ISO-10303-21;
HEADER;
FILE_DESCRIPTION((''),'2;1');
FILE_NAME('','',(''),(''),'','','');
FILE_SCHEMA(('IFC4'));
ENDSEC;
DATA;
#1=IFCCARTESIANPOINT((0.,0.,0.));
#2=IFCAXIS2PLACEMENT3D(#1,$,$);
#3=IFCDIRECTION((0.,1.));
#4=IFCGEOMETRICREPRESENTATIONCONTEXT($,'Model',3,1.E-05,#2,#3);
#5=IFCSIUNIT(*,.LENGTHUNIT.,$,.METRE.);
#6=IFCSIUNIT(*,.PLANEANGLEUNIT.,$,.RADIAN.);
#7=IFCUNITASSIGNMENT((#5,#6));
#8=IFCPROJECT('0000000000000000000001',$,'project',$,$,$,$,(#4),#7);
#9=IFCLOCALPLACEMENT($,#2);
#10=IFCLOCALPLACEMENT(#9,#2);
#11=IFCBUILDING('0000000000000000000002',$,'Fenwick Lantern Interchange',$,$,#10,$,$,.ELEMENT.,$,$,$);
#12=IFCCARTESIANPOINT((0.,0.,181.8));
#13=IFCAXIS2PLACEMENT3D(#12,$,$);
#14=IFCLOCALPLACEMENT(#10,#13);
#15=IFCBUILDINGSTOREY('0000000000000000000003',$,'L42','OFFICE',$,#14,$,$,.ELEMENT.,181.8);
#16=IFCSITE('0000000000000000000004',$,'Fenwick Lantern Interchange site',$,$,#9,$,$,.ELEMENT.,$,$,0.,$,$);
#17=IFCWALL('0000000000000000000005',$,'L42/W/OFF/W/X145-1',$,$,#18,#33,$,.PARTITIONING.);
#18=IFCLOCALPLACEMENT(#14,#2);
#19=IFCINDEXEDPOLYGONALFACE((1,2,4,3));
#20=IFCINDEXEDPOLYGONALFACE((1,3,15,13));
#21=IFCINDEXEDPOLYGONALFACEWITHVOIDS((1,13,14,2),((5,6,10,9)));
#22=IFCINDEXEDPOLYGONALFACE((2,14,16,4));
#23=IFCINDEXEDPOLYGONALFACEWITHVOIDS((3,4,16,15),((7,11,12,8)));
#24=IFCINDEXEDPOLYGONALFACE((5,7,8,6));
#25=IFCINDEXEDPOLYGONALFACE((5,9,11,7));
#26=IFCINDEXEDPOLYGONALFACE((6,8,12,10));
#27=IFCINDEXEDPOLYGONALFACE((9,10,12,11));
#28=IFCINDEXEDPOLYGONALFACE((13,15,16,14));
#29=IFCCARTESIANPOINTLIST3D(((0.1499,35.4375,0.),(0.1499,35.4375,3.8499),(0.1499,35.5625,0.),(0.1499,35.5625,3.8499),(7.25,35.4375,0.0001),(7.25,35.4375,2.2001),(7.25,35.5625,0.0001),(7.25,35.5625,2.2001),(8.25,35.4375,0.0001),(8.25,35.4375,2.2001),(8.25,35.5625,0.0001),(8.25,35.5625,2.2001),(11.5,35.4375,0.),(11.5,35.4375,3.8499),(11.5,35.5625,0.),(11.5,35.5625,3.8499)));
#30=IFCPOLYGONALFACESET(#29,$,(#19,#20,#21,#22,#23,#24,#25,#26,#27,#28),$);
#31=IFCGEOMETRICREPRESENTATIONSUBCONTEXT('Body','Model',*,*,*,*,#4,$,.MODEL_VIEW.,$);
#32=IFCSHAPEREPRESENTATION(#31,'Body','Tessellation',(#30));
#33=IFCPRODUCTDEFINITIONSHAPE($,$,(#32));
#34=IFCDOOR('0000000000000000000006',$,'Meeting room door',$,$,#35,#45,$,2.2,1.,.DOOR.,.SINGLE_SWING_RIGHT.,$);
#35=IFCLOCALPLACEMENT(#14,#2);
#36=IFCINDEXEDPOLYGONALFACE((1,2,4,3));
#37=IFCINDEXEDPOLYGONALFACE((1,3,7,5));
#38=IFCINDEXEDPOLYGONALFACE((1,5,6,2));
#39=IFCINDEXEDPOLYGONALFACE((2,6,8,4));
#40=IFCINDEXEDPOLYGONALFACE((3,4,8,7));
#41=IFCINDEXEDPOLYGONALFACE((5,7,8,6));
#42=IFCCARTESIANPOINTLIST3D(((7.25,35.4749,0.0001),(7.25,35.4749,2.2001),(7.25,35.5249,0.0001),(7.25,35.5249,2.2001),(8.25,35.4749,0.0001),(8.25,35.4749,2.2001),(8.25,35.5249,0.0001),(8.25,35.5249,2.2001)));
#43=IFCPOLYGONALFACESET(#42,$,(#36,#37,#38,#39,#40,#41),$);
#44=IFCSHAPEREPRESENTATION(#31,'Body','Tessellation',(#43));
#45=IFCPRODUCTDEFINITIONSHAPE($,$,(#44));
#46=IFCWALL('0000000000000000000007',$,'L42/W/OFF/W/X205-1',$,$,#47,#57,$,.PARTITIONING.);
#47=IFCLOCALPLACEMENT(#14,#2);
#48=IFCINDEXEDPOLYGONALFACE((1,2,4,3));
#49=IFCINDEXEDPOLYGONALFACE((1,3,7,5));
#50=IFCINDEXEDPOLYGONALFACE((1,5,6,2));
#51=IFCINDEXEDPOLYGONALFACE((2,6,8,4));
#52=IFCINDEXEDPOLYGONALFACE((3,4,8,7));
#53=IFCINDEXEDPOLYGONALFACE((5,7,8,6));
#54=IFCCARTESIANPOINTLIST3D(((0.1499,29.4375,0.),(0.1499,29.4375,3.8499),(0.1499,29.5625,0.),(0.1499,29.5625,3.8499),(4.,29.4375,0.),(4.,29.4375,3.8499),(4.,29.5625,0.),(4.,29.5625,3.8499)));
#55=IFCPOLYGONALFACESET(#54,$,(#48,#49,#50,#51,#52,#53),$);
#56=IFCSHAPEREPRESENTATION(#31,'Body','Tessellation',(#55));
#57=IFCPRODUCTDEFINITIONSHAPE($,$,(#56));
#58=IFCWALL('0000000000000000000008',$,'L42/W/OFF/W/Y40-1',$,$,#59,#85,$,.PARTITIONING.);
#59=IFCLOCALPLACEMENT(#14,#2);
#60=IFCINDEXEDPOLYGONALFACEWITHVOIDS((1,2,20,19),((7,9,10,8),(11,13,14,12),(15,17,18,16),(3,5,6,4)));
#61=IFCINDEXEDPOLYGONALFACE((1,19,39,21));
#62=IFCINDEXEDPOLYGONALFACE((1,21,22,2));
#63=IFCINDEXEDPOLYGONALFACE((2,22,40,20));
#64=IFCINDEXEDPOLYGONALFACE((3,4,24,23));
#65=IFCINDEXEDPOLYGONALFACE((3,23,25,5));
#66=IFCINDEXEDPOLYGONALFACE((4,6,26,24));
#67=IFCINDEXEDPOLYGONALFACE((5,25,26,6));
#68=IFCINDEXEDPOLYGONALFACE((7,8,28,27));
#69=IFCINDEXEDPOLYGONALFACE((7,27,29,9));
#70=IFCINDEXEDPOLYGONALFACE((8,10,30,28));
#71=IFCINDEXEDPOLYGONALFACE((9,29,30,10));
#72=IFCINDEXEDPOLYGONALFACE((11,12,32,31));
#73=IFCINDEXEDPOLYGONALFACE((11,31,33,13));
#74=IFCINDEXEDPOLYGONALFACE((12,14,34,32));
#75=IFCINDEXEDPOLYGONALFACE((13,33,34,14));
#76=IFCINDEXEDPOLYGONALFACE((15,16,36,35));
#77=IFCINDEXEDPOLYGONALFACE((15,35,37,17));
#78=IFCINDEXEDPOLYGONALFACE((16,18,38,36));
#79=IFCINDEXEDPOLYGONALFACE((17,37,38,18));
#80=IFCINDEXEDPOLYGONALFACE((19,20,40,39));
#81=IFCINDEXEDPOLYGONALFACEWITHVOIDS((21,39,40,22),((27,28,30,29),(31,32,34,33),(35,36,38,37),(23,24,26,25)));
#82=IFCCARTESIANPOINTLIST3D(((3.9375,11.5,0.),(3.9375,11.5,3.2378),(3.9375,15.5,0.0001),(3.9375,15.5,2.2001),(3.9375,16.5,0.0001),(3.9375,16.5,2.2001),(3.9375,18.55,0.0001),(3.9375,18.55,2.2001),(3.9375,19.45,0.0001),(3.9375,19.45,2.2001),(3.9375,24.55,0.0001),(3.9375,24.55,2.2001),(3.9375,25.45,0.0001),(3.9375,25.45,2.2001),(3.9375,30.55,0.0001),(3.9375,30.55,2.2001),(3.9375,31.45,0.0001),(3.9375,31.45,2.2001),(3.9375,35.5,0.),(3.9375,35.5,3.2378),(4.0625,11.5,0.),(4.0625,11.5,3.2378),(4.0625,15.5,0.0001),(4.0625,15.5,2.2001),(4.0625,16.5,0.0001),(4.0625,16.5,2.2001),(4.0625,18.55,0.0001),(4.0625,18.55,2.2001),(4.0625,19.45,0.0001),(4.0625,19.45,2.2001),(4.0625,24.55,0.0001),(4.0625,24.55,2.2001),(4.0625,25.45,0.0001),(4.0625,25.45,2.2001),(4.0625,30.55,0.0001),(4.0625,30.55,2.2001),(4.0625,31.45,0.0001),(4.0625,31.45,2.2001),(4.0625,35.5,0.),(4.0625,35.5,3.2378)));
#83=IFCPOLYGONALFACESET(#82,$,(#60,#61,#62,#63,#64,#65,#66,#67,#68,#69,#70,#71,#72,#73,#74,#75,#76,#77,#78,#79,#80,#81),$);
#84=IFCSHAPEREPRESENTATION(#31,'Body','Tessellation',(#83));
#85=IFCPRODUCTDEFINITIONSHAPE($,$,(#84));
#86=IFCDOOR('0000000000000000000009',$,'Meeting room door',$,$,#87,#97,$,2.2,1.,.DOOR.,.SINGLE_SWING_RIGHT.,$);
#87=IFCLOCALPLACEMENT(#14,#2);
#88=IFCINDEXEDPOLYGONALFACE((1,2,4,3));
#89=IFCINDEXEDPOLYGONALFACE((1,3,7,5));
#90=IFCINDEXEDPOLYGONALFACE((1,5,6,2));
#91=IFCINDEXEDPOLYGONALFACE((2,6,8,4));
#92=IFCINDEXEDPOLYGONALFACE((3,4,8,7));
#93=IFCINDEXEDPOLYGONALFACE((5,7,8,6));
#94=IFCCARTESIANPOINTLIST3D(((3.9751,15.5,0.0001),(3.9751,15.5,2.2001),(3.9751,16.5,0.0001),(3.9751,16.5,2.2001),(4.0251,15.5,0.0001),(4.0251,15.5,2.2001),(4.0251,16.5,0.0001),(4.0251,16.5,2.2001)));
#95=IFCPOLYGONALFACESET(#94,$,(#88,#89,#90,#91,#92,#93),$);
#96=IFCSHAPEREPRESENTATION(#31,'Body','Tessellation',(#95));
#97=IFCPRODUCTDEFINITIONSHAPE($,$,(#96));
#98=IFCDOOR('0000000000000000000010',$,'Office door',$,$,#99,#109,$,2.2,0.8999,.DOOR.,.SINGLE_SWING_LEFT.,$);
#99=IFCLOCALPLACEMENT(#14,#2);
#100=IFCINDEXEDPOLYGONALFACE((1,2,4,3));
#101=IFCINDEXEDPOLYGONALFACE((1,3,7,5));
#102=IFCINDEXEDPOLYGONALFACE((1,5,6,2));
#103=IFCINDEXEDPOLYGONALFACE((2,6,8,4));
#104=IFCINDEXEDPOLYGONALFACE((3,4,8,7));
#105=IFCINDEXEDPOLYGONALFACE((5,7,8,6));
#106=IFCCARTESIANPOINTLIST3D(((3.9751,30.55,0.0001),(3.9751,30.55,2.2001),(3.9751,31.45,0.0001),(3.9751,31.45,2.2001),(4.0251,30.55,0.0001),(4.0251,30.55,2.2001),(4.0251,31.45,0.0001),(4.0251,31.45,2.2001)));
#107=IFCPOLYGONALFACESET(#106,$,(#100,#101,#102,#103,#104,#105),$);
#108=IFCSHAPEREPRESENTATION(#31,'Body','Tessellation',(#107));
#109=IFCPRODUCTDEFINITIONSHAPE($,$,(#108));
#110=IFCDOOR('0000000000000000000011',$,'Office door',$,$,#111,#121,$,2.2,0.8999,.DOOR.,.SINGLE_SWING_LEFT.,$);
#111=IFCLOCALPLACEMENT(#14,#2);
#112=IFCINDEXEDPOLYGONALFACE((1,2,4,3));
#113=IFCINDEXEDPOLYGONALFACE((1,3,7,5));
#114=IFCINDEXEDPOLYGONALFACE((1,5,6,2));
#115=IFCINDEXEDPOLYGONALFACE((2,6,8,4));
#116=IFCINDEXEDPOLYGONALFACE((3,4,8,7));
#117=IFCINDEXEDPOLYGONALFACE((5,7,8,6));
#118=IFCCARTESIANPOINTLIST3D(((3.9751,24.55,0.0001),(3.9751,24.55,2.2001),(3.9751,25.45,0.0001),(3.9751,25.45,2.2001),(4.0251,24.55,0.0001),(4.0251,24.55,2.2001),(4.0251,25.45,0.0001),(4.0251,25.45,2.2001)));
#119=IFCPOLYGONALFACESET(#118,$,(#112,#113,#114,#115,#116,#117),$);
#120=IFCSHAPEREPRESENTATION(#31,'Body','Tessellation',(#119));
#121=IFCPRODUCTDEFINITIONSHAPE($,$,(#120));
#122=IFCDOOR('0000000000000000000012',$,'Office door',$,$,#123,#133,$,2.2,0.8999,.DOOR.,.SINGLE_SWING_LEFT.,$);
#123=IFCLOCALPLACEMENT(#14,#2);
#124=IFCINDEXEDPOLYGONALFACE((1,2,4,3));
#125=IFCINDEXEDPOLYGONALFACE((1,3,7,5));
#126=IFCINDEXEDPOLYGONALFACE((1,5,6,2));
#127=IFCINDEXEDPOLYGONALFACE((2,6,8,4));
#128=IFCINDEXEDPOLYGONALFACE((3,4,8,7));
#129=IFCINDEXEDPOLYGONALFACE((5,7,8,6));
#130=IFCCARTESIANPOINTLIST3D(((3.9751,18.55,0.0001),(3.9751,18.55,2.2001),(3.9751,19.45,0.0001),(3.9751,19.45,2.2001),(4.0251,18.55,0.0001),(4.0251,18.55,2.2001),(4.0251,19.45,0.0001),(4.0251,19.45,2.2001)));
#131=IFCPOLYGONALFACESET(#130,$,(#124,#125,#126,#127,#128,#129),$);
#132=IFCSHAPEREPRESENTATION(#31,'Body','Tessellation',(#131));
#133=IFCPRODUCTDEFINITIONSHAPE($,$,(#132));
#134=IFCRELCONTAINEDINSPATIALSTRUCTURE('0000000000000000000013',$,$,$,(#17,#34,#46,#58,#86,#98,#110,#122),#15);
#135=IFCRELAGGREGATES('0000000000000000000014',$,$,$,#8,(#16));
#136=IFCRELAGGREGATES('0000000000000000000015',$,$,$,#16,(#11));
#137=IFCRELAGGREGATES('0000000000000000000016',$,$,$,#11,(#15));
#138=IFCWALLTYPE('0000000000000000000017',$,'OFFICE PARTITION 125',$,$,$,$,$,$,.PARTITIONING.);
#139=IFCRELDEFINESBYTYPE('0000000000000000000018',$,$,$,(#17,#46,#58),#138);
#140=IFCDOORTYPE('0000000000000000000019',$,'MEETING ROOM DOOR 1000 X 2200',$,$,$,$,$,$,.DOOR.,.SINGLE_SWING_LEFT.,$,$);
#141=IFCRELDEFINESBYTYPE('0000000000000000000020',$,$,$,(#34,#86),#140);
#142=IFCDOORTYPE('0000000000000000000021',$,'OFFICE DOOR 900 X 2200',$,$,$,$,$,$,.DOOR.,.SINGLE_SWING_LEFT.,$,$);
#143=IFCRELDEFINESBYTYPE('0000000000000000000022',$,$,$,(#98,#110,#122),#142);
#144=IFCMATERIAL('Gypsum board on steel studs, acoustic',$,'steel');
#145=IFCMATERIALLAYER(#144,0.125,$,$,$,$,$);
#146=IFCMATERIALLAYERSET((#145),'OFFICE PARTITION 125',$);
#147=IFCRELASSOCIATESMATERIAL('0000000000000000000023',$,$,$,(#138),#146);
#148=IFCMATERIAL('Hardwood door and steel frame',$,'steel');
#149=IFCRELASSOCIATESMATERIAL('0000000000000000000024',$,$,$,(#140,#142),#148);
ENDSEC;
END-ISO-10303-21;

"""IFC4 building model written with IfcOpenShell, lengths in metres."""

from ifc_helpers import new_model, si_unit, direction, frame, frame_2d, origin, place, context, subcontext, project, spatial, rectangle, extrude, material, layer, layer_set, type_object, element, fill, save


model = new_model("IFC4")

# Units and contexts
model_context = context("Model", 3, precision=1e-05, world=origin(), true_north=direction((0.0, 1.0)))
body_context = subcontext(model_context, "Body", "Model", "MODEL_VIEW")
ifc_project = project(units=[si_unit("LENGTHUNIT", "METRE"), si_unit("PLANEANGLEUNIT", "RADIAN")], contexts=[model_context])

# Site, building, storey
site_placement = place(None, origin())
site = spatial("IfcSite", under=ifc_project, at=site_placement, Name="Fenwick Lantern Interchange site", CompositionType="ELEMENT", RefElevation=0.0)
building_placement = place(site_placement, origin())
building = spatial("IfcBuilding", under=site, at=building_placement, Name="Fenwick Lantern Interchange", CompositionType="ELEMENT")
storey_placement = place(building_placement, frame((0.0, 0.0, 181.8)))
storey = spatial("IfcBuildingStorey", under=building, at=storey_placement, Name="L42", Description="OFFICE", CompositionType="ELEMENT", Elevation=181.8)

# Shared definitions
ifc_material_1 = material(Name="Hardwood door and steel frame", Category="steel")

# Wall, opening, door
ifc_material_2 = material(Name="Gypsum board on steel studs, acoustic", Category="steel")
ifc_layer_1 = layer(ifc_material_2, 0.125)
ifc_layer_set_1 = layer_set([ifc_layer_1], Name="OFFICE PARTITION 125")
wall_type_1 = type_object("IfcWallType", Name="OFFICE PARTITION 125", PredefinedType="PARTITIONING", material=ifc_layer_set_1)
wall_1_placement = place(storey_placement, frame((0.1499, 35.5, 0.0), z_axis=(0.0, 0.0, 1.0), x_axis=(1.0, 0.0, 0.0)))
wall_1 = element("IfcWall", 1, at=wall_1_placement, inside=storey, type_object=wall_type_1, Name="L42/W/OFF/W/X145-1", PredefinedType="PARTITIONING", context=body_context, shape_type="SweptSolid", body=[
    extrude(rectangle(XDim=11.3501, YDim=0.125, at=frame_2d((5.675, 0.0))), origin(), (0.0, 0.0, 1.0), 3.8499),
])
opening_1_placement = place(wall_1_placement, frame((7.1001, 0.0, 0.0)))
opening_1 = element("IfcOpeningElement", 2, at=opening_1_placement, cuts=wall_1, PredefinedType="OPENING", context=body_context, shape_type="SweptSolid", body=[
    extrude(rectangle(XDim=1.0, YDim=2.2, at=frame_2d((0.5, 1.1001))), frame((0.0, 0.0725, 0.0), z_axis=(0.0, -1.0, 0.0), x_axis=(1.0, 0.0, 0.0)), (0.0, 0.0, 1.0), 0.145),
])
door_type_1 = type_object("IfcDoorType", Name="MEETING ROOM DOOR 1000 X 2200", OperationType="SINGLE_SWING_LEFT", PredefinedType="DOOR", material=ifc_material_1)
door_1_placement = place(opening_1_placement, origin())
door_1 = element("IfcDoor", 3, at=door_1_placement, inside=storey, type_object=door_type_1, Name="Meeting room door", OperationType="SINGLE_SWING_RIGHT", OverallHeight=2.2, OverallWidth=1.0, PredefinedType="DOOR", context=body_context, shape_type="SweptSolid", body=[
    extrude(rectangle(XDim=1.0, YDim=2.2, at=frame_2d((0.5, 1.1001))), frame((0.0, 0.0249, 0.0), z_axis=(0.0, -1.0, 0.0), x_axis=(1.0, 0.0, 0.0)), (0.0, 0.0, 1.0), 0.05),
])
fill(opening_1, door_1)

# Wall
wall_2_placement = place(storey_placement, frame((0.1499, 29.5, 0.0), z_axis=(0.0, 0.0, 1.0), x_axis=(1.0, 0.0, 0.0)))
element("IfcWall", 4, at=wall_2_placement, inside=storey, type_object=wall_type_1, Name="L42/W/OFF/W/X205-1", PredefinedType="PARTITIONING", context=body_context, shape_type="SweptSolid", body=[
    extrude(rectangle(XDim=3.8501, YDim=0.125, at=frame_2d((1.925, 0.0))), origin(), (0.0, 0.0, 1.0), 3.8499),
])

# Wall, openings, doors
wall_3_placement = place(storey_placement, frame((4.0, 35.5, 0.0), z_axis=(0.0, 0.0, 1.0), x_axis=(0.0, -1.0, 0.0)))
wall_3 = element("IfcWall", 5, at=wall_3_placement, inside=storey, type_object=wall_type_1, Name="L42/W/OFF/W/Y40-1", PredefinedType="PARTITIONING", context=body_context, shape_type="SweptSolid", body=[
    extrude(rectangle(XDim=24.0, YDim=0.125, at=frame_2d((12.0, 0.0))), origin(), (0.0, 0.0, 1.0), 3.2378),
])
opening_2_placement = place(wall_3_placement, frame((4.05, 0.0, 0.0)))
opening_2 = element("IfcOpeningElement", 6, at=opening_2_placement, cuts=wall_3, PredefinedType="OPENING", context=body_context, shape_type="SweptSolid", body=[
    extrude(rectangle(XDim=0.8999, YDim=2.2, at=frame_2d((0.45, 1.1001))), frame((0.0, 0.0725, 0.0), z_axis=(0.0, -1.0, 0.0), x_axis=(1.0, 0.0, 0.0)), (0.0, 0.0, 1.0), 0.145),
])
opening_3_placement = place(wall_3_placement, frame((10.05, 0.0, 0.0)))
opening_3 = element("IfcOpeningElement", 7, at=opening_3_placement, cuts=wall_3, PredefinedType="OPENING", context=body_context, shape_type="SweptSolid", body=[
    extrude(rectangle(XDim=0.8999, YDim=2.2, at=frame_2d((0.45, 1.1001))), frame((0.0, 0.0725, 0.0), z_axis=(0.0, -1.0, 0.0), x_axis=(1.0, 0.0, 0.0)), (0.0, 0.0, 1.0), 0.145),
])
opening_4_placement = place(wall_3_placement, frame((16.05, 0.0, 0.0)))
opening_4 = element("IfcOpeningElement", 8, at=opening_4_placement, cuts=wall_3, PredefinedType="OPENING", context=body_context, shape_type="SweptSolid", body=[
    extrude(rectangle(XDim=0.8999, YDim=2.2, at=frame_2d((0.45, 1.1001))), frame((0.0, 0.0725, 0.0), z_axis=(0.0, -1.0, 0.0), x_axis=(1.0, 0.0, 0.0)), (0.0, 0.0, 1.0), 0.145),
])
opening_5_placement = place(wall_3_placement, frame((19.0, 0.0, 0.0)))
opening_5 = element("IfcOpeningElement", 9, at=opening_5_placement, cuts=wall_3, PredefinedType="OPENING", context=body_context, shape_type="SweptSolid", body=[
    extrude(rectangle(XDim=1.0, YDim=2.2, at=frame_2d((0.5, 1.1001))), frame((0.0, 0.0725, 0.0), z_axis=(0.0, -1.0, 0.0), x_axis=(1.0, 0.0, 0.0)), (0.0, 0.0, 1.0), 0.145),
])
door_2_placement = place(opening_5_placement, frame((1.0, 0.0, 0.0), z_axis=(0.0, 0.0, 1.0), x_axis=(-1.0, 0.0, 0.0)))
door_2 = element("IfcDoor", 10, at=door_2_placement, inside=storey, type_object=door_type_1, Name="Meeting room door", OperationType="SINGLE_SWING_RIGHT", OverallHeight=2.2, OverallWidth=1.0, PredefinedType="DOOR", context=body_context, shape_type="SweptSolid", body=[
    extrude(rectangle(XDim=1.0, YDim=2.2, at=frame_2d((0.5, 1.1001))), frame((0.0, 0.0249, 0.0), z_axis=(0.0, -1.0, 0.0), x_axis=(1.0, 0.0, 0.0)), (0.0, 0.0, 1.0), 0.05),
])
fill(opening_5, door_2)
door_type_2 = type_object("IfcDoorType", Name="OFFICE DOOR 900 X 2200", OperationType="SINGLE_SWING_LEFT", PredefinedType="DOOR", material=ifc_material_1)
door_3_placement = place(opening_2_placement, frame((0.8999, 0.0, 0.0), z_axis=(0.0, 0.0, 1.0), x_axis=(-1.0, 0.0, 0.0)))
door_3 = element("IfcDoor", 11, at=door_3_placement, inside=storey, type_object=door_type_2, Name="Office door", OperationType="SINGLE_SWING_LEFT", OverallHeight=2.2, OverallWidth=0.8999, PredefinedType="DOOR", context=body_context, shape_type="SweptSolid", body=[
    extrude(rectangle(XDim=0.8999, YDim=2.2, at=frame_2d((0.45, 1.1001))), frame((0.0, 0.0249, 0.0), z_axis=(0.0, -1.0, 0.0), x_axis=(1.0, 0.0, 0.0)), (0.0, 0.0, 1.0), 0.05),
])
fill(opening_2, door_3)
door_4_placement = place(opening_3_placement, frame((0.8999, 0.0, 0.0), z_axis=(0.0, 0.0, 1.0), x_axis=(-1.0, 0.0, 0.0)))
door_4 = element("IfcDoor", 12, at=door_4_placement, inside=storey, type_object=door_type_2, Name="Office door", OperationType="SINGLE_SWING_LEFT", OverallHeight=2.2, OverallWidth=0.8999, PredefinedType="DOOR", context=body_context, shape_type="SweptSolid", body=[
    extrude(rectangle(XDim=0.8999, YDim=2.2, at=frame_2d((0.45, 1.1001))), frame((0.0, 0.0249, 0.0), z_axis=(0.0, -1.0, 0.0), x_axis=(1.0, 0.0, 0.0)), (0.0, 0.0, 1.0), 0.05),
])
fill(opening_3, door_4)
door_5_placement = place(opening_4_placement, frame((0.8999, 0.0, 0.0), z_axis=(0.0, 0.0, 1.0), x_axis=(-1.0, 0.0, 0.0)))
door_5 = element("IfcDoor", 13, at=door_5_placement, inside=storey, type_object=door_type_2, Name="Office door", OperationType="SINGLE_SWING_LEFT", OverallHeight=2.2, OverallWidth=0.8999, PredefinedType="DOOR", context=body_context, shape_type="SweptSolid", body=[
    extrude(rectangle(XDim=0.8999, YDim=2.2, at=frame_2d((0.45, 1.1001))), frame((0.0, 0.0249, 0.0), z_axis=(0.0, -1.0, 0.0), x_axis=(1.0, 0.0, 0.0)), (0.0, 0.0, 1.0), 0.05),
])
fill(opening_4, door_5)

save(model, "model.ifc")
